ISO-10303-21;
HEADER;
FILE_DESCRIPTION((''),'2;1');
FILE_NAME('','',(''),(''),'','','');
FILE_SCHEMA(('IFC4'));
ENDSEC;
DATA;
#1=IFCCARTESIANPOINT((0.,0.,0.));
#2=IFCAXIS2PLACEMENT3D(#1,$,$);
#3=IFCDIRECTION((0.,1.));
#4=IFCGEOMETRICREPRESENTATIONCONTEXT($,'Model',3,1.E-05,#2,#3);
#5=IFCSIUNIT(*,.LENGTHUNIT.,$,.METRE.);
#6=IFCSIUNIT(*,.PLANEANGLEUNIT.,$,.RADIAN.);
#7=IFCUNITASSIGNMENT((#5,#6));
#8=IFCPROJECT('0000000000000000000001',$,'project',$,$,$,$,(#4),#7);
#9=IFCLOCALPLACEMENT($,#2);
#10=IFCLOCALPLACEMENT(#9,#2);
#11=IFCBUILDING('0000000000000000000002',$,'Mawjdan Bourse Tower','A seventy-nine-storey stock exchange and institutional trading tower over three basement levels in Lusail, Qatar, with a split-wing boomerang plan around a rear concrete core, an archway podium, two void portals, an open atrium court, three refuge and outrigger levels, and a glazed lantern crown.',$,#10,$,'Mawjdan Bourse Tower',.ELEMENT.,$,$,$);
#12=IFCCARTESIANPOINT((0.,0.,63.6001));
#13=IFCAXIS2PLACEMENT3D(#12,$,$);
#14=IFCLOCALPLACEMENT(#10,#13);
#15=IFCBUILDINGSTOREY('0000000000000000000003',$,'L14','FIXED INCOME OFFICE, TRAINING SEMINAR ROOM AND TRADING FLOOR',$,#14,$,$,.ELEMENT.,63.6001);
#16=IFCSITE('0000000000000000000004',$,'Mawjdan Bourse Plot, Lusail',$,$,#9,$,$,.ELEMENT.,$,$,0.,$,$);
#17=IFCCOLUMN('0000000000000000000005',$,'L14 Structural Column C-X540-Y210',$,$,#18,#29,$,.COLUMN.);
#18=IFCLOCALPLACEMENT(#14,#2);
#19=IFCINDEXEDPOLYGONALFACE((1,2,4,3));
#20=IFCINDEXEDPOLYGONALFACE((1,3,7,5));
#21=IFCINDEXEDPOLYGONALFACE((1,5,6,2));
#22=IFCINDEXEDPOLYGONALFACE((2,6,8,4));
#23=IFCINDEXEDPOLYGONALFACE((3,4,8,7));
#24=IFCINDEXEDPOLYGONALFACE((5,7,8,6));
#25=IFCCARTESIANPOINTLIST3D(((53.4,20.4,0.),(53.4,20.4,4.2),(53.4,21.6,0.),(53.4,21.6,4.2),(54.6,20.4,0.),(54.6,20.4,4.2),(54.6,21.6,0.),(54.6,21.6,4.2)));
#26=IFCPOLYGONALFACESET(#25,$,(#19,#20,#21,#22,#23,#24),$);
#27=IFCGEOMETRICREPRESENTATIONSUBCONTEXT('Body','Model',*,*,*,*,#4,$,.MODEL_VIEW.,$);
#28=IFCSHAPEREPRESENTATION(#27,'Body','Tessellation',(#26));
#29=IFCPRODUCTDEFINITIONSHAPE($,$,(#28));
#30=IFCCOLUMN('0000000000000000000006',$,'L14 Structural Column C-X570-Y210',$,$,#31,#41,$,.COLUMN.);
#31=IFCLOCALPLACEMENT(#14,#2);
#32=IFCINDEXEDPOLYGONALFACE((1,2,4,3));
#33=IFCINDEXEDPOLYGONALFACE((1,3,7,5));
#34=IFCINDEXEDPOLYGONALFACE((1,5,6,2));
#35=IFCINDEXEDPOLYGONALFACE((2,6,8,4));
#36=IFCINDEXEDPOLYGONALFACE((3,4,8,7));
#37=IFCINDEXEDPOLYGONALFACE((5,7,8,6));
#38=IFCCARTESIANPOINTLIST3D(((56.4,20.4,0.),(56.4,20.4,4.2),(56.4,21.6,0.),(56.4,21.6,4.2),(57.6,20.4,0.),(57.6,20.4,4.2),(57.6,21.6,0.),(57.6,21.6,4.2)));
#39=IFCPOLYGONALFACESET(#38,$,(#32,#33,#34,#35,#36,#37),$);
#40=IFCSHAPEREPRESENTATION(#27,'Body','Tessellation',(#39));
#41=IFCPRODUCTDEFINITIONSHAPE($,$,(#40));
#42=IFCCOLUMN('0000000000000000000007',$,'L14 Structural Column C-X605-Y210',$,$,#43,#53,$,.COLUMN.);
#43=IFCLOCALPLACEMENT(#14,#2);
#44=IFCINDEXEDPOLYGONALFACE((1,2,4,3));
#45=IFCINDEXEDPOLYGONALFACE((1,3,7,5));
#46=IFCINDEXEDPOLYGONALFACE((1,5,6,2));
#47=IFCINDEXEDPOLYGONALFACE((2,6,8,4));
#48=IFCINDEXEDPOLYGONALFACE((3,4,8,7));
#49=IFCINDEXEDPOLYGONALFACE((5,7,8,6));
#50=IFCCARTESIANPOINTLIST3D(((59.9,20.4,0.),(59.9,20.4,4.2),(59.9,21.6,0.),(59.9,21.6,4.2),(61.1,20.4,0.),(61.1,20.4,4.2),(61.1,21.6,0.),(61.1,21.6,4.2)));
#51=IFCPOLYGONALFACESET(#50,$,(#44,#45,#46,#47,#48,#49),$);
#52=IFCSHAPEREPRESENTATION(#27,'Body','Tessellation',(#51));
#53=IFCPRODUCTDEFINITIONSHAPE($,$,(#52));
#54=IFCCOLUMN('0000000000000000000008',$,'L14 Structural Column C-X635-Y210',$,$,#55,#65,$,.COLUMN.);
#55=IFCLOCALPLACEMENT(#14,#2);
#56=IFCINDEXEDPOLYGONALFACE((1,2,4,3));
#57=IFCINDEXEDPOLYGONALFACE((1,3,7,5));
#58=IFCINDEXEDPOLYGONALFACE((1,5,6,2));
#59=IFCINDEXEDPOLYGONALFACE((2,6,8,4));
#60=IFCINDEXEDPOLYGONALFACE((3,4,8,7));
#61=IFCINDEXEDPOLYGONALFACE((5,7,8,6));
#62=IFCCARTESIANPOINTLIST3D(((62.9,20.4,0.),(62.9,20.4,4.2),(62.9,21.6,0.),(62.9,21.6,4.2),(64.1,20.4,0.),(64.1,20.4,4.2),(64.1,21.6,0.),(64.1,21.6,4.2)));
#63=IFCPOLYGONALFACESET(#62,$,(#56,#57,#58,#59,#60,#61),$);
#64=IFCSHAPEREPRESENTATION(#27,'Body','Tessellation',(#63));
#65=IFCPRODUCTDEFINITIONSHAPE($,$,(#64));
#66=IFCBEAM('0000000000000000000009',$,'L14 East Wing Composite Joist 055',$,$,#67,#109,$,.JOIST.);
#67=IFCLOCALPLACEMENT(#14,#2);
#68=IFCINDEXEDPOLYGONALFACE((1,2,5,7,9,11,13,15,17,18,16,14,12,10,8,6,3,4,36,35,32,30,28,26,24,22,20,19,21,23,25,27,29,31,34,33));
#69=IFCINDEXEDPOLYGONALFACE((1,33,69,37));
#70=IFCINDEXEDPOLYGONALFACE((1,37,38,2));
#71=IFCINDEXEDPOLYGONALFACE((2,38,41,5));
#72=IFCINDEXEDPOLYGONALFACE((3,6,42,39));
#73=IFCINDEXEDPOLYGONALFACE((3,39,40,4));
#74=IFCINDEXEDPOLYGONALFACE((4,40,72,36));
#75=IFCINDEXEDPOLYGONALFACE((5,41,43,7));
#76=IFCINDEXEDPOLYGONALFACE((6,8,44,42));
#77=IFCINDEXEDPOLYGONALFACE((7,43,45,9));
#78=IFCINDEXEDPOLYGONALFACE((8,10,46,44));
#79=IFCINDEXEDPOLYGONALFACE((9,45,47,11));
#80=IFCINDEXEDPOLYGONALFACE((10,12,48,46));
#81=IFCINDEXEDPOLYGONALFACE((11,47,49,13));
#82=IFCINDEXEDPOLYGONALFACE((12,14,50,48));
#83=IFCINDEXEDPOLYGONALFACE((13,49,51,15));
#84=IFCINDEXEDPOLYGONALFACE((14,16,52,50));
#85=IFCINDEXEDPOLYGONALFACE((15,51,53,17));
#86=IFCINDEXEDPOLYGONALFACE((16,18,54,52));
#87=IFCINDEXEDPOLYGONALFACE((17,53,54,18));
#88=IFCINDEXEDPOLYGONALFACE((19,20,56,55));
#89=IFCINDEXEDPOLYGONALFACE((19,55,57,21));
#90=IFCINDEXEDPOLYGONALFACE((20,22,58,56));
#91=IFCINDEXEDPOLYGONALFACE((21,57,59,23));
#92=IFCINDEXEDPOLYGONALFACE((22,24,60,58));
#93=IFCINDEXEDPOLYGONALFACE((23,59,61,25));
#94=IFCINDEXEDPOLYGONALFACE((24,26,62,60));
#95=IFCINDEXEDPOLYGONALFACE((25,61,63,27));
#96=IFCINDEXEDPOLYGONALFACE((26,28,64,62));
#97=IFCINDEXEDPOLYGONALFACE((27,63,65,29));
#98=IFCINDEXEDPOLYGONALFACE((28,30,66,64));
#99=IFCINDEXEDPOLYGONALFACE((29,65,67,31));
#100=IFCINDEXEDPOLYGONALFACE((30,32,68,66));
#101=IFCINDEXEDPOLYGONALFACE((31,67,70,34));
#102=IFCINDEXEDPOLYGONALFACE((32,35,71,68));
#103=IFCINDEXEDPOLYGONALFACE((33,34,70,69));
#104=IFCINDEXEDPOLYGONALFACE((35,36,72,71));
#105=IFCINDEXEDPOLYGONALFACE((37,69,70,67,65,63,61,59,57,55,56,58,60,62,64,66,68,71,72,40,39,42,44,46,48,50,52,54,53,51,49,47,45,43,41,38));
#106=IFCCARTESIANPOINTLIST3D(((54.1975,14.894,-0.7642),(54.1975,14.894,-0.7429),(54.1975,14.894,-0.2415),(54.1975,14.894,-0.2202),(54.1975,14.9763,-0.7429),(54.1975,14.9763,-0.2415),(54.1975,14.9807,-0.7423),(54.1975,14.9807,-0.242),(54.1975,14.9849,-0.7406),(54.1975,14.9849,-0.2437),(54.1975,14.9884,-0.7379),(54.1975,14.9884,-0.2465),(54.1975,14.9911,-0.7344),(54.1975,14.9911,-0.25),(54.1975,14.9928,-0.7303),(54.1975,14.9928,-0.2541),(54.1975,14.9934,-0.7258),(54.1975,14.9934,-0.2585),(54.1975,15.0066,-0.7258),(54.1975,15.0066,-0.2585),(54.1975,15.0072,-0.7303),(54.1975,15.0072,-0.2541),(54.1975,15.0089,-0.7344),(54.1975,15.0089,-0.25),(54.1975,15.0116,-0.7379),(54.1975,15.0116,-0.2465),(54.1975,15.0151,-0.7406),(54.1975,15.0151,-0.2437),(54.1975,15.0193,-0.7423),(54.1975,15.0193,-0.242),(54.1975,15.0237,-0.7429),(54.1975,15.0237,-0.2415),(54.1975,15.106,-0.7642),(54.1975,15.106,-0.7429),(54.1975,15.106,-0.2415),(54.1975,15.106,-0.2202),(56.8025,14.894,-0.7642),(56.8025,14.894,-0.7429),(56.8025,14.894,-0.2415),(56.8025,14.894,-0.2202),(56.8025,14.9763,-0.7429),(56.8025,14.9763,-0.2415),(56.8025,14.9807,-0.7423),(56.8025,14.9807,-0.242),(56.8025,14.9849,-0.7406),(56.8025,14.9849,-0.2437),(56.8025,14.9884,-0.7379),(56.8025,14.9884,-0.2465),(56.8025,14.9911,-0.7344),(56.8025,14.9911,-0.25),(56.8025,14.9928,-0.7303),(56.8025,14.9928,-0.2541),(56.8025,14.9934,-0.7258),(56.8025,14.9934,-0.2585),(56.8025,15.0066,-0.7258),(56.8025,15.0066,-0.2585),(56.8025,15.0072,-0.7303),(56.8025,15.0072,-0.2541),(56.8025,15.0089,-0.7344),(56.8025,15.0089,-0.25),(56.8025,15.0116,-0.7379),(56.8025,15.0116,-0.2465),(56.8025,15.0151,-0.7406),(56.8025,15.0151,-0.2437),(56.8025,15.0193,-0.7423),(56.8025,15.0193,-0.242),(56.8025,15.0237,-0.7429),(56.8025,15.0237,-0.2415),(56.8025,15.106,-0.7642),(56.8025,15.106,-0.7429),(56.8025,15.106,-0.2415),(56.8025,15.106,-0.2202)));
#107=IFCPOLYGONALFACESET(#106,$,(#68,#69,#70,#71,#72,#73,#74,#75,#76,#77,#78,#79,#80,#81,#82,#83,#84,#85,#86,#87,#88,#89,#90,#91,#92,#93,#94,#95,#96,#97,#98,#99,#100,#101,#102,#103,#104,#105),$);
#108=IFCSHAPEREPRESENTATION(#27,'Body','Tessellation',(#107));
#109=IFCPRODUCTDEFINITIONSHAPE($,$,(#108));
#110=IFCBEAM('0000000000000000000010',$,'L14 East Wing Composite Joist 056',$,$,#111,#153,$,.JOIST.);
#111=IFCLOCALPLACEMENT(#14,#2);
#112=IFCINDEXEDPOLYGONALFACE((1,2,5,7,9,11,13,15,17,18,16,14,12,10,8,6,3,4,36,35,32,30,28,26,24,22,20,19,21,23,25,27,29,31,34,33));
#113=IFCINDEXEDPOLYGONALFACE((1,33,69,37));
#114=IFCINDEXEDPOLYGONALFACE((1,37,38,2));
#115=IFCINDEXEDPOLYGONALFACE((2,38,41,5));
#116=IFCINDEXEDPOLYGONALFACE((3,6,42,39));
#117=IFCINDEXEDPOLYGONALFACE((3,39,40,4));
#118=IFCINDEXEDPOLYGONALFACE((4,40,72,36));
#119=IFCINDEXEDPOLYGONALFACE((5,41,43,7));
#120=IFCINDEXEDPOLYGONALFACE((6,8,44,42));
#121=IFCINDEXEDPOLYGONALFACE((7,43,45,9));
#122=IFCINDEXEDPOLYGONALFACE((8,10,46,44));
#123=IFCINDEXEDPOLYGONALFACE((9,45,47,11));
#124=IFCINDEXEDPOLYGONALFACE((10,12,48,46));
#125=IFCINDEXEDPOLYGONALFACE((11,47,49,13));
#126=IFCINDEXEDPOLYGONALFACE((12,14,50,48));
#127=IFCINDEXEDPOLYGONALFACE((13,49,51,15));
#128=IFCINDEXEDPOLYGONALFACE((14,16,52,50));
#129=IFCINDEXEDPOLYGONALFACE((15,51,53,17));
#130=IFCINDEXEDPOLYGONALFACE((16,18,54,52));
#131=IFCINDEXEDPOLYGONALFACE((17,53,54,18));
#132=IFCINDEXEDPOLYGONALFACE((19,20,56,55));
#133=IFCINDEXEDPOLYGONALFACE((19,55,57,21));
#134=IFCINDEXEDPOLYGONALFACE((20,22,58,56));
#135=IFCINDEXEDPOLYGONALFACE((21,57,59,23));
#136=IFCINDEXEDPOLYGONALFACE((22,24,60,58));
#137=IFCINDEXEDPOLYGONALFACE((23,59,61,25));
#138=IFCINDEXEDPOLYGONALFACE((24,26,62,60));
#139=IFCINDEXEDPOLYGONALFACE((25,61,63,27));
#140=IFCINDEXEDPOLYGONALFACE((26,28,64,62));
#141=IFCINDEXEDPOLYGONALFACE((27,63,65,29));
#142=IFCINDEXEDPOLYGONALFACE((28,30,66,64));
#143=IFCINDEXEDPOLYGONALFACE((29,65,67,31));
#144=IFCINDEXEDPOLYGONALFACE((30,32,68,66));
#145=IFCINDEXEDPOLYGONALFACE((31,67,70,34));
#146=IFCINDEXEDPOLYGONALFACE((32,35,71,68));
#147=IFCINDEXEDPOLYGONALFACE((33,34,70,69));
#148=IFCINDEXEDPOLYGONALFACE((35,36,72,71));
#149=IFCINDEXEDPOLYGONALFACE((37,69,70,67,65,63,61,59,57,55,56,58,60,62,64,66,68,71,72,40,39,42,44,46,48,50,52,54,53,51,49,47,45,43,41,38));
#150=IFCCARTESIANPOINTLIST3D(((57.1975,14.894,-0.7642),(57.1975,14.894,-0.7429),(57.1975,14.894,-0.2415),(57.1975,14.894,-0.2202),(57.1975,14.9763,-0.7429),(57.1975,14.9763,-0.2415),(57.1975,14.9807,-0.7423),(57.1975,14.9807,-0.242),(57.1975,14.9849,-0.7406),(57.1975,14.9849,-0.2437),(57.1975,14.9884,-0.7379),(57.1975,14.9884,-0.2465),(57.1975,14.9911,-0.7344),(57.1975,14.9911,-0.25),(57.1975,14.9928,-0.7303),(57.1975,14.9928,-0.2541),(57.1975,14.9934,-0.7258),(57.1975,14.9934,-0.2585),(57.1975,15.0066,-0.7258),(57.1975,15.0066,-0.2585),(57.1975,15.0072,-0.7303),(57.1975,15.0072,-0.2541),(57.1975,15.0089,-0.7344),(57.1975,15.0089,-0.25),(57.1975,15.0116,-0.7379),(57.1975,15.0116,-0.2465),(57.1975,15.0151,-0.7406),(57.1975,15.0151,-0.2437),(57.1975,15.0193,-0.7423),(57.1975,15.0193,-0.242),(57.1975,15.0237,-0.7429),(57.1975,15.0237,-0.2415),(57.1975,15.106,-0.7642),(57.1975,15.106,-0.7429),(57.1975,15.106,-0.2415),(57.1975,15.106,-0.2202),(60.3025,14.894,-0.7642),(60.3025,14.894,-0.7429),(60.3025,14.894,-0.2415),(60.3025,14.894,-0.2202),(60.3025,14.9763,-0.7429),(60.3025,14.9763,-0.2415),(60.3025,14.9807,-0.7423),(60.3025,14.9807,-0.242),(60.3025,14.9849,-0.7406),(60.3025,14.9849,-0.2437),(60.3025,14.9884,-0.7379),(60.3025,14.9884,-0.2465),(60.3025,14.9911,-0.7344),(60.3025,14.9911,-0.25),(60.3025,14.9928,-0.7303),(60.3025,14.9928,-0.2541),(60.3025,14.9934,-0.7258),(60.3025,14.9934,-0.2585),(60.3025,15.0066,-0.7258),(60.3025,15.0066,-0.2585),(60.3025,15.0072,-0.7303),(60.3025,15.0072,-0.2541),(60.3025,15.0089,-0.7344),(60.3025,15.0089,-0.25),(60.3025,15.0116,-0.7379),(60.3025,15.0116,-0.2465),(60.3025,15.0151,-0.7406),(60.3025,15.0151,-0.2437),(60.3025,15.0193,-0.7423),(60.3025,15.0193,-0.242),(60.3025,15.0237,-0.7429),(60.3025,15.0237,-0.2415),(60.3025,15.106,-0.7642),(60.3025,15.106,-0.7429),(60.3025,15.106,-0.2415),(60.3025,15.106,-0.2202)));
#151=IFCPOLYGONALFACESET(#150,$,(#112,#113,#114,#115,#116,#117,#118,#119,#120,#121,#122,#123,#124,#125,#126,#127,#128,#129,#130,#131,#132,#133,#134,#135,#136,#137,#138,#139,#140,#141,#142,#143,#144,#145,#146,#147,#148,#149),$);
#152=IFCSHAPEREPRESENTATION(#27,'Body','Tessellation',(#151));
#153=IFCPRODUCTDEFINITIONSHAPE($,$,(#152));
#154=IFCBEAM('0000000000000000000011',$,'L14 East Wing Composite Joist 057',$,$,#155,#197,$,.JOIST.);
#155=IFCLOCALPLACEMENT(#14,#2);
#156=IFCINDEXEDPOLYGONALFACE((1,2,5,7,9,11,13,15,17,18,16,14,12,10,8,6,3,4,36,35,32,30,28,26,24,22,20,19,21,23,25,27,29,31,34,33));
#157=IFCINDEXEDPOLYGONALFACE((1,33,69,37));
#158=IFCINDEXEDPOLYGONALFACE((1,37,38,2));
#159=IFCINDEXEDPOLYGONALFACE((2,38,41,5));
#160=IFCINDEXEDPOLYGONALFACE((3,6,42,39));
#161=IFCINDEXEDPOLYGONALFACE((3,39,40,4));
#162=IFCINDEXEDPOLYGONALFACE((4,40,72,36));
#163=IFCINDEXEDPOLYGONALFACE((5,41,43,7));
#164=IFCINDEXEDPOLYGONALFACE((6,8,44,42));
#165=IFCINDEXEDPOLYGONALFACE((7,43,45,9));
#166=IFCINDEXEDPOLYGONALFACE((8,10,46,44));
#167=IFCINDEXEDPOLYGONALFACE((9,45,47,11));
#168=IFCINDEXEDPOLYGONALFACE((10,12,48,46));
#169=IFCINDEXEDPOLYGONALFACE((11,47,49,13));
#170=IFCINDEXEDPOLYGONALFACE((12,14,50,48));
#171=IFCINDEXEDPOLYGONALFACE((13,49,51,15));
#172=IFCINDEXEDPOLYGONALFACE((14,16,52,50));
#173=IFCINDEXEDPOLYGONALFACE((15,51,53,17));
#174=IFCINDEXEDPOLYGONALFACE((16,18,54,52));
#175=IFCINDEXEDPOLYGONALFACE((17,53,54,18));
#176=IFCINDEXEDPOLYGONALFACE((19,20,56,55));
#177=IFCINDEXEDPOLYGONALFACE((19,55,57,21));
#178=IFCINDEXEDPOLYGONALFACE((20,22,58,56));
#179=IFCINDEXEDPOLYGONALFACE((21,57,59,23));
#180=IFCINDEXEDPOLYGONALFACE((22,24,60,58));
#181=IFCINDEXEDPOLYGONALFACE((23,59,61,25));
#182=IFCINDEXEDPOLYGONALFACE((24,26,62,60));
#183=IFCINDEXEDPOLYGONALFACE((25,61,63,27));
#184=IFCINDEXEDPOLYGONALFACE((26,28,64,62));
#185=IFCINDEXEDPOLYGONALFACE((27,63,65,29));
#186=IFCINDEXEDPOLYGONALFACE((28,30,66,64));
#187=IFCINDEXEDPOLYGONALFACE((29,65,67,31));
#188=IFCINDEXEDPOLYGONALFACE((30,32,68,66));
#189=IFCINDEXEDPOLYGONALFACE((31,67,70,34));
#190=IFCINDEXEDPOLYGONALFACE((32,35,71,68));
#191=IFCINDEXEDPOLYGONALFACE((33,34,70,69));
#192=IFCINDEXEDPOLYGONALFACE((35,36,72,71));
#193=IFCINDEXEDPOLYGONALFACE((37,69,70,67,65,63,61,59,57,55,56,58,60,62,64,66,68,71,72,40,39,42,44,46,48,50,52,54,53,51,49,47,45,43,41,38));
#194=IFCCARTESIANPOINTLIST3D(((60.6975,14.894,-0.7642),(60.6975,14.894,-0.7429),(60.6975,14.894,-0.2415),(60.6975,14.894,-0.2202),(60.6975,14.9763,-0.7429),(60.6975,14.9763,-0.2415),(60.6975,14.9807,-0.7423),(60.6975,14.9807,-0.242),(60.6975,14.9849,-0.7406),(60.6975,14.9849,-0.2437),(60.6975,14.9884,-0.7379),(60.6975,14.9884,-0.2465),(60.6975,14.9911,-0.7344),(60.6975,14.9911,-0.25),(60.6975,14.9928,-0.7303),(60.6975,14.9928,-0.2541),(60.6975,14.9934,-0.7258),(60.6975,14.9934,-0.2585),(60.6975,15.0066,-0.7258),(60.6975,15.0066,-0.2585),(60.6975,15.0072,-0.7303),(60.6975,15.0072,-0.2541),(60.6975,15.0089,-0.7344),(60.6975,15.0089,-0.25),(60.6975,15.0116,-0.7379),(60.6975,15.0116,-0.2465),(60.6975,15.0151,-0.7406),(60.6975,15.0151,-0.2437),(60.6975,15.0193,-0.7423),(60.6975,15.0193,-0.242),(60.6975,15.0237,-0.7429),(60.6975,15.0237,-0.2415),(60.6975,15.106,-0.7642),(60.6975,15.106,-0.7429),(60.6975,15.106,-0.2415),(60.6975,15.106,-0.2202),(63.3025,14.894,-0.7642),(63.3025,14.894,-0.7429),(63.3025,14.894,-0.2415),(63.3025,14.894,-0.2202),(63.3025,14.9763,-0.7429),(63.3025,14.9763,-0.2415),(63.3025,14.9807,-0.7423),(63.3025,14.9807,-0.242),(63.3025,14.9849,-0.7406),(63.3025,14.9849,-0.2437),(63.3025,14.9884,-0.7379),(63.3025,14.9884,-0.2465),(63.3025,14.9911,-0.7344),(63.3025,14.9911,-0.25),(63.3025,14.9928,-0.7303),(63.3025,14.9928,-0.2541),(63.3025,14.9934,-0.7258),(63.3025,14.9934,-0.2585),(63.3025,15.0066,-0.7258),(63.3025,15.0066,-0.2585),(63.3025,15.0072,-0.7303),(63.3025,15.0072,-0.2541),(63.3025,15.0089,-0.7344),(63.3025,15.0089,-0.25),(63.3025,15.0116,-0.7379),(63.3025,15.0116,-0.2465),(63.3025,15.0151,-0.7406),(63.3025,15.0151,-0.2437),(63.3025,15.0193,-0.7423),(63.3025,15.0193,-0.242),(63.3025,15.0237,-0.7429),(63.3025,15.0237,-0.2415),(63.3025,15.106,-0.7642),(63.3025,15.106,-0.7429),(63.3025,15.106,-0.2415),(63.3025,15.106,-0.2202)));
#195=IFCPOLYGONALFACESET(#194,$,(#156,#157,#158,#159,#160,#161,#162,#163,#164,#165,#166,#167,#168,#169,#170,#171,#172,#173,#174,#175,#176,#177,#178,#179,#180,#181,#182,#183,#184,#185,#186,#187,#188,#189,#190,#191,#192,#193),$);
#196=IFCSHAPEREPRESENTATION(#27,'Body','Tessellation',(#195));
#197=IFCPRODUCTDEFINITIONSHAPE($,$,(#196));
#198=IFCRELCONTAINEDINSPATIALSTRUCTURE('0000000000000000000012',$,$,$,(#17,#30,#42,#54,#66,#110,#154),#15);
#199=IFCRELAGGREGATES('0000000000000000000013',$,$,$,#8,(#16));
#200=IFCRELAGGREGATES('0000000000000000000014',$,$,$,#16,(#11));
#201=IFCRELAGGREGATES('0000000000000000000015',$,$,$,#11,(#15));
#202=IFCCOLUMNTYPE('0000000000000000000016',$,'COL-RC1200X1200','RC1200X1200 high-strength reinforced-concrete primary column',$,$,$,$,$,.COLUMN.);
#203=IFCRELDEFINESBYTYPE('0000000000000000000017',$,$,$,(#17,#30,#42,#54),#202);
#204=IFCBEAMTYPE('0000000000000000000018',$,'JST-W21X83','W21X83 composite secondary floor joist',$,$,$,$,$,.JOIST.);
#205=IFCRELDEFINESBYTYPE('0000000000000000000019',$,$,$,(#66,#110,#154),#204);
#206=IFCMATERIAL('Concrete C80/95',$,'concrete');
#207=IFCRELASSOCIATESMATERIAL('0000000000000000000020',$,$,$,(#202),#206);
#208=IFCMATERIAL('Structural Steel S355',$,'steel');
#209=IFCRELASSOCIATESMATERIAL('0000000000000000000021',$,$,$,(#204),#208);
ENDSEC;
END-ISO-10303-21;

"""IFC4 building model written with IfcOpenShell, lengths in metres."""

from ifc_helpers import new_model, si_unit, direction, frame, origin, origin_2d, place, context, subcontext, project, spatial, rectangle, i_section, extrude, material, material_profile, profile_set, type_object, element, save


model = new_model("IFC4")

# Units and contexts
model_context = context("Model", 3, precision=1e-05, world=origin(), true_north=direction((0.0, 1.0)))
body_context = subcontext(model_context, "Body", "Model", "MODEL_VIEW")
ifc_project = project(units=[si_unit("LENGTHUNIT", "METRE"), si_unit("PLANEANGLEUNIT", "RADIAN")], contexts=[model_context])

# Site, building, storey
site_placement = place(None, origin())
site = spatial("IfcSite", under=ifc_project, at=site_placement, Name="Mawjdan Bourse Plot, Lusail", CompositionType="ELEMENT", RefElevation=0.0)
building_placement = place(site_placement, origin())
building = spatial("IfcBuilding", under=site, at=building_placement, Name="Mawjdan Bourse Tower", Description="A seventy-nine-storey stock exchange and institutional trading tower over three basement levels in Lusail, Qatar, with a split-wing boomerang plan around a rear concrete core, an archway podium, two void portals, an open atrium court, three refuge and outrigger levels, and a glazed lantern crown.", LongName="Mawjdan Bourse Tower", CompositionType="ELEMENT")
storey_placement = place(building_placement, frame((0.0, 0.0, 63.6001)))
storey = spatial("IfcBuildingStorey", under=building, at=storey_placement, Name="L14", Description="FIXED INCOME OFFICE, TRAINING SEMINAR ROOM AND TRADING FLOOR", CompositionType="ELEMENT", Elevation=63.6001)

# Columns
ifc_material_1 = material(Name="Concrete C80/95", Category="concrete")
ifc_material_profile_1 = material_profile(ifc_material_1, rectangle(XDim=1.2, YDim=1.2, at=origin_2d()), Name="RC1200X1200")
ifc_profile_set_1 = profile_set([ifc_material_profile_1], Name="Concrete C80/95")
column_type = type_object("IfcColumnType", Name="COL-RC1200X1200", Description="RC1200X1200 high-strength reinforced-concrete primary column", PredefinedType="COLUMN", material=ifc_profile_set_1)
for number, where, z_axis, x_axis, name in (
    (1, (54.0, 21.0, 0.0), (0.0, 0.0, 1.0), (1.0, 0.0, 0.0), "L14 Structural Column C-X540-Y210"),
    (2, (57.0, 21.0, 0.0), (0.0, 0.0, 1.0), (1.0, 0.0, 0.0), "L14 Structural Column C-X570-Y210"),
    (3, (60.5, 21.0, 0.0), (0.0, 0.0, 1.0), (1.0, 0.0, 0.0), "L14 Structural Column C-X605-Y210"),
    (4, (63.5, 21.0, 0.0), (0.0, 0.0, 1.0), (1.0, 0.0, 0.0), "L14 Structural Column C-X635-Y210"),
):
    element("IfcColumn", number, at=place(storey_placement, frame(where, z_axis=z_axis, x_axis=x_axis)), inside=storey, type_object=column_type, Name=name, PredefinedType="COLUMN", context=body_context, shape_type="SweptSolid", body=[
        extrude(rectangle(XDim=1.2, YDim=1.2, at=origin_2d()), origin(), (0.0, 0.0, 1.0), 4.2),
    ])

# Beams
ifc_material_2 = material(Name="Structural Steel S355", Category="steel")
ifc_material_profile_2 = material_profile(ifc_material_2, i_section(OverallWidth=0.2119, OverallDepth=0.5439, WebThickness=0.0132, FlangeThickness=0.0212, FilletRadius=0.0171, at=origin_2d()), Name="W21X83")
ifc_profile_set_2 = profile_set([ifc_material_profile_2], Name="Structural Steel S355")
beam_type_1 = type_object("IfcBeamType", Name="JST-W21X83", Description="W21X83 composite secondary floor joist", PredefinedType="JOIST", material=ifc_profile_set_2)
beam_1_placement = place(storey_placement, frame((54.1975, 15.0, -0.4922), z_axis=(1.0, 0.0, 0.0), x_axis=(0.0, 1.0, 0.0)))
element("IfcBeam", 5, at=beam_1_placement, inside=storey, type_object=beam_type_1, Name="L14 East Wing Composite Joist 055", PredefinedType="JOIST", context=body_context, shape_type="SweptSolid", body=[
    extrude(i_section(OverallWidth=0.2119, OverallDepth=0.5439, WebThickness=0.0132, FlangeThickness=0.0212, FilletRadius=0.0171, at=origin_2d()), origin(), (0.0, 0.0, 1.0), 2.605),
])
beam_2_placement = place(storey_placement, frame((57.1975, 15.0, -0.4922), z_axis=(1.0, 0.0, 0.0), x_axis=(0.0, 1.0, 0.0)))
element("IfcBeam", 6, at=beam_2_placement, inside=storey, type_object=beam_type_1, Name="L14 East Wing Composite Joist 056", PredefinedType="JOIST", context=body_context, shape_type="SweptSolid", body=[
    extrude(i_section(OverallWidth=0.2119, OverallDepth=0.5439, WebThickness=0.0132, FlangeThickness=0.0212, FilletRadius=0.0171, at=origin_2d()), origin(), (0.0, 0.0, 1.0), 3.105),
])
for number, where, z_axis, x_axis, name in (
    (7, (60.6975, 15.0, -0.4922), (1.0, 0.0, 0.0), (0.0, 1.0, 0.0), "L14 East Wing Composite Joist 057"),
):
    element("IfcBeam", number, at=place(storey_placement, frame(where, z_axis=z_axis, x_axis=x_axis)), inside=storey, type_object=beam_type_1, Name=name, PredefinedType="JOIST", context=body_context, shape_type="SweptSolid", body=[
        extrude(i_section(OverallWidth=0.2119, OverallDepth=0.5439, WebThickness=0.0132, FlangeThickness=0.0212, FilletRadius=0.0171, at=origin_2d()), origin(), (0.0, 0.0, 1.0), 2.605),
    ])

save(model, "model.ifc")
